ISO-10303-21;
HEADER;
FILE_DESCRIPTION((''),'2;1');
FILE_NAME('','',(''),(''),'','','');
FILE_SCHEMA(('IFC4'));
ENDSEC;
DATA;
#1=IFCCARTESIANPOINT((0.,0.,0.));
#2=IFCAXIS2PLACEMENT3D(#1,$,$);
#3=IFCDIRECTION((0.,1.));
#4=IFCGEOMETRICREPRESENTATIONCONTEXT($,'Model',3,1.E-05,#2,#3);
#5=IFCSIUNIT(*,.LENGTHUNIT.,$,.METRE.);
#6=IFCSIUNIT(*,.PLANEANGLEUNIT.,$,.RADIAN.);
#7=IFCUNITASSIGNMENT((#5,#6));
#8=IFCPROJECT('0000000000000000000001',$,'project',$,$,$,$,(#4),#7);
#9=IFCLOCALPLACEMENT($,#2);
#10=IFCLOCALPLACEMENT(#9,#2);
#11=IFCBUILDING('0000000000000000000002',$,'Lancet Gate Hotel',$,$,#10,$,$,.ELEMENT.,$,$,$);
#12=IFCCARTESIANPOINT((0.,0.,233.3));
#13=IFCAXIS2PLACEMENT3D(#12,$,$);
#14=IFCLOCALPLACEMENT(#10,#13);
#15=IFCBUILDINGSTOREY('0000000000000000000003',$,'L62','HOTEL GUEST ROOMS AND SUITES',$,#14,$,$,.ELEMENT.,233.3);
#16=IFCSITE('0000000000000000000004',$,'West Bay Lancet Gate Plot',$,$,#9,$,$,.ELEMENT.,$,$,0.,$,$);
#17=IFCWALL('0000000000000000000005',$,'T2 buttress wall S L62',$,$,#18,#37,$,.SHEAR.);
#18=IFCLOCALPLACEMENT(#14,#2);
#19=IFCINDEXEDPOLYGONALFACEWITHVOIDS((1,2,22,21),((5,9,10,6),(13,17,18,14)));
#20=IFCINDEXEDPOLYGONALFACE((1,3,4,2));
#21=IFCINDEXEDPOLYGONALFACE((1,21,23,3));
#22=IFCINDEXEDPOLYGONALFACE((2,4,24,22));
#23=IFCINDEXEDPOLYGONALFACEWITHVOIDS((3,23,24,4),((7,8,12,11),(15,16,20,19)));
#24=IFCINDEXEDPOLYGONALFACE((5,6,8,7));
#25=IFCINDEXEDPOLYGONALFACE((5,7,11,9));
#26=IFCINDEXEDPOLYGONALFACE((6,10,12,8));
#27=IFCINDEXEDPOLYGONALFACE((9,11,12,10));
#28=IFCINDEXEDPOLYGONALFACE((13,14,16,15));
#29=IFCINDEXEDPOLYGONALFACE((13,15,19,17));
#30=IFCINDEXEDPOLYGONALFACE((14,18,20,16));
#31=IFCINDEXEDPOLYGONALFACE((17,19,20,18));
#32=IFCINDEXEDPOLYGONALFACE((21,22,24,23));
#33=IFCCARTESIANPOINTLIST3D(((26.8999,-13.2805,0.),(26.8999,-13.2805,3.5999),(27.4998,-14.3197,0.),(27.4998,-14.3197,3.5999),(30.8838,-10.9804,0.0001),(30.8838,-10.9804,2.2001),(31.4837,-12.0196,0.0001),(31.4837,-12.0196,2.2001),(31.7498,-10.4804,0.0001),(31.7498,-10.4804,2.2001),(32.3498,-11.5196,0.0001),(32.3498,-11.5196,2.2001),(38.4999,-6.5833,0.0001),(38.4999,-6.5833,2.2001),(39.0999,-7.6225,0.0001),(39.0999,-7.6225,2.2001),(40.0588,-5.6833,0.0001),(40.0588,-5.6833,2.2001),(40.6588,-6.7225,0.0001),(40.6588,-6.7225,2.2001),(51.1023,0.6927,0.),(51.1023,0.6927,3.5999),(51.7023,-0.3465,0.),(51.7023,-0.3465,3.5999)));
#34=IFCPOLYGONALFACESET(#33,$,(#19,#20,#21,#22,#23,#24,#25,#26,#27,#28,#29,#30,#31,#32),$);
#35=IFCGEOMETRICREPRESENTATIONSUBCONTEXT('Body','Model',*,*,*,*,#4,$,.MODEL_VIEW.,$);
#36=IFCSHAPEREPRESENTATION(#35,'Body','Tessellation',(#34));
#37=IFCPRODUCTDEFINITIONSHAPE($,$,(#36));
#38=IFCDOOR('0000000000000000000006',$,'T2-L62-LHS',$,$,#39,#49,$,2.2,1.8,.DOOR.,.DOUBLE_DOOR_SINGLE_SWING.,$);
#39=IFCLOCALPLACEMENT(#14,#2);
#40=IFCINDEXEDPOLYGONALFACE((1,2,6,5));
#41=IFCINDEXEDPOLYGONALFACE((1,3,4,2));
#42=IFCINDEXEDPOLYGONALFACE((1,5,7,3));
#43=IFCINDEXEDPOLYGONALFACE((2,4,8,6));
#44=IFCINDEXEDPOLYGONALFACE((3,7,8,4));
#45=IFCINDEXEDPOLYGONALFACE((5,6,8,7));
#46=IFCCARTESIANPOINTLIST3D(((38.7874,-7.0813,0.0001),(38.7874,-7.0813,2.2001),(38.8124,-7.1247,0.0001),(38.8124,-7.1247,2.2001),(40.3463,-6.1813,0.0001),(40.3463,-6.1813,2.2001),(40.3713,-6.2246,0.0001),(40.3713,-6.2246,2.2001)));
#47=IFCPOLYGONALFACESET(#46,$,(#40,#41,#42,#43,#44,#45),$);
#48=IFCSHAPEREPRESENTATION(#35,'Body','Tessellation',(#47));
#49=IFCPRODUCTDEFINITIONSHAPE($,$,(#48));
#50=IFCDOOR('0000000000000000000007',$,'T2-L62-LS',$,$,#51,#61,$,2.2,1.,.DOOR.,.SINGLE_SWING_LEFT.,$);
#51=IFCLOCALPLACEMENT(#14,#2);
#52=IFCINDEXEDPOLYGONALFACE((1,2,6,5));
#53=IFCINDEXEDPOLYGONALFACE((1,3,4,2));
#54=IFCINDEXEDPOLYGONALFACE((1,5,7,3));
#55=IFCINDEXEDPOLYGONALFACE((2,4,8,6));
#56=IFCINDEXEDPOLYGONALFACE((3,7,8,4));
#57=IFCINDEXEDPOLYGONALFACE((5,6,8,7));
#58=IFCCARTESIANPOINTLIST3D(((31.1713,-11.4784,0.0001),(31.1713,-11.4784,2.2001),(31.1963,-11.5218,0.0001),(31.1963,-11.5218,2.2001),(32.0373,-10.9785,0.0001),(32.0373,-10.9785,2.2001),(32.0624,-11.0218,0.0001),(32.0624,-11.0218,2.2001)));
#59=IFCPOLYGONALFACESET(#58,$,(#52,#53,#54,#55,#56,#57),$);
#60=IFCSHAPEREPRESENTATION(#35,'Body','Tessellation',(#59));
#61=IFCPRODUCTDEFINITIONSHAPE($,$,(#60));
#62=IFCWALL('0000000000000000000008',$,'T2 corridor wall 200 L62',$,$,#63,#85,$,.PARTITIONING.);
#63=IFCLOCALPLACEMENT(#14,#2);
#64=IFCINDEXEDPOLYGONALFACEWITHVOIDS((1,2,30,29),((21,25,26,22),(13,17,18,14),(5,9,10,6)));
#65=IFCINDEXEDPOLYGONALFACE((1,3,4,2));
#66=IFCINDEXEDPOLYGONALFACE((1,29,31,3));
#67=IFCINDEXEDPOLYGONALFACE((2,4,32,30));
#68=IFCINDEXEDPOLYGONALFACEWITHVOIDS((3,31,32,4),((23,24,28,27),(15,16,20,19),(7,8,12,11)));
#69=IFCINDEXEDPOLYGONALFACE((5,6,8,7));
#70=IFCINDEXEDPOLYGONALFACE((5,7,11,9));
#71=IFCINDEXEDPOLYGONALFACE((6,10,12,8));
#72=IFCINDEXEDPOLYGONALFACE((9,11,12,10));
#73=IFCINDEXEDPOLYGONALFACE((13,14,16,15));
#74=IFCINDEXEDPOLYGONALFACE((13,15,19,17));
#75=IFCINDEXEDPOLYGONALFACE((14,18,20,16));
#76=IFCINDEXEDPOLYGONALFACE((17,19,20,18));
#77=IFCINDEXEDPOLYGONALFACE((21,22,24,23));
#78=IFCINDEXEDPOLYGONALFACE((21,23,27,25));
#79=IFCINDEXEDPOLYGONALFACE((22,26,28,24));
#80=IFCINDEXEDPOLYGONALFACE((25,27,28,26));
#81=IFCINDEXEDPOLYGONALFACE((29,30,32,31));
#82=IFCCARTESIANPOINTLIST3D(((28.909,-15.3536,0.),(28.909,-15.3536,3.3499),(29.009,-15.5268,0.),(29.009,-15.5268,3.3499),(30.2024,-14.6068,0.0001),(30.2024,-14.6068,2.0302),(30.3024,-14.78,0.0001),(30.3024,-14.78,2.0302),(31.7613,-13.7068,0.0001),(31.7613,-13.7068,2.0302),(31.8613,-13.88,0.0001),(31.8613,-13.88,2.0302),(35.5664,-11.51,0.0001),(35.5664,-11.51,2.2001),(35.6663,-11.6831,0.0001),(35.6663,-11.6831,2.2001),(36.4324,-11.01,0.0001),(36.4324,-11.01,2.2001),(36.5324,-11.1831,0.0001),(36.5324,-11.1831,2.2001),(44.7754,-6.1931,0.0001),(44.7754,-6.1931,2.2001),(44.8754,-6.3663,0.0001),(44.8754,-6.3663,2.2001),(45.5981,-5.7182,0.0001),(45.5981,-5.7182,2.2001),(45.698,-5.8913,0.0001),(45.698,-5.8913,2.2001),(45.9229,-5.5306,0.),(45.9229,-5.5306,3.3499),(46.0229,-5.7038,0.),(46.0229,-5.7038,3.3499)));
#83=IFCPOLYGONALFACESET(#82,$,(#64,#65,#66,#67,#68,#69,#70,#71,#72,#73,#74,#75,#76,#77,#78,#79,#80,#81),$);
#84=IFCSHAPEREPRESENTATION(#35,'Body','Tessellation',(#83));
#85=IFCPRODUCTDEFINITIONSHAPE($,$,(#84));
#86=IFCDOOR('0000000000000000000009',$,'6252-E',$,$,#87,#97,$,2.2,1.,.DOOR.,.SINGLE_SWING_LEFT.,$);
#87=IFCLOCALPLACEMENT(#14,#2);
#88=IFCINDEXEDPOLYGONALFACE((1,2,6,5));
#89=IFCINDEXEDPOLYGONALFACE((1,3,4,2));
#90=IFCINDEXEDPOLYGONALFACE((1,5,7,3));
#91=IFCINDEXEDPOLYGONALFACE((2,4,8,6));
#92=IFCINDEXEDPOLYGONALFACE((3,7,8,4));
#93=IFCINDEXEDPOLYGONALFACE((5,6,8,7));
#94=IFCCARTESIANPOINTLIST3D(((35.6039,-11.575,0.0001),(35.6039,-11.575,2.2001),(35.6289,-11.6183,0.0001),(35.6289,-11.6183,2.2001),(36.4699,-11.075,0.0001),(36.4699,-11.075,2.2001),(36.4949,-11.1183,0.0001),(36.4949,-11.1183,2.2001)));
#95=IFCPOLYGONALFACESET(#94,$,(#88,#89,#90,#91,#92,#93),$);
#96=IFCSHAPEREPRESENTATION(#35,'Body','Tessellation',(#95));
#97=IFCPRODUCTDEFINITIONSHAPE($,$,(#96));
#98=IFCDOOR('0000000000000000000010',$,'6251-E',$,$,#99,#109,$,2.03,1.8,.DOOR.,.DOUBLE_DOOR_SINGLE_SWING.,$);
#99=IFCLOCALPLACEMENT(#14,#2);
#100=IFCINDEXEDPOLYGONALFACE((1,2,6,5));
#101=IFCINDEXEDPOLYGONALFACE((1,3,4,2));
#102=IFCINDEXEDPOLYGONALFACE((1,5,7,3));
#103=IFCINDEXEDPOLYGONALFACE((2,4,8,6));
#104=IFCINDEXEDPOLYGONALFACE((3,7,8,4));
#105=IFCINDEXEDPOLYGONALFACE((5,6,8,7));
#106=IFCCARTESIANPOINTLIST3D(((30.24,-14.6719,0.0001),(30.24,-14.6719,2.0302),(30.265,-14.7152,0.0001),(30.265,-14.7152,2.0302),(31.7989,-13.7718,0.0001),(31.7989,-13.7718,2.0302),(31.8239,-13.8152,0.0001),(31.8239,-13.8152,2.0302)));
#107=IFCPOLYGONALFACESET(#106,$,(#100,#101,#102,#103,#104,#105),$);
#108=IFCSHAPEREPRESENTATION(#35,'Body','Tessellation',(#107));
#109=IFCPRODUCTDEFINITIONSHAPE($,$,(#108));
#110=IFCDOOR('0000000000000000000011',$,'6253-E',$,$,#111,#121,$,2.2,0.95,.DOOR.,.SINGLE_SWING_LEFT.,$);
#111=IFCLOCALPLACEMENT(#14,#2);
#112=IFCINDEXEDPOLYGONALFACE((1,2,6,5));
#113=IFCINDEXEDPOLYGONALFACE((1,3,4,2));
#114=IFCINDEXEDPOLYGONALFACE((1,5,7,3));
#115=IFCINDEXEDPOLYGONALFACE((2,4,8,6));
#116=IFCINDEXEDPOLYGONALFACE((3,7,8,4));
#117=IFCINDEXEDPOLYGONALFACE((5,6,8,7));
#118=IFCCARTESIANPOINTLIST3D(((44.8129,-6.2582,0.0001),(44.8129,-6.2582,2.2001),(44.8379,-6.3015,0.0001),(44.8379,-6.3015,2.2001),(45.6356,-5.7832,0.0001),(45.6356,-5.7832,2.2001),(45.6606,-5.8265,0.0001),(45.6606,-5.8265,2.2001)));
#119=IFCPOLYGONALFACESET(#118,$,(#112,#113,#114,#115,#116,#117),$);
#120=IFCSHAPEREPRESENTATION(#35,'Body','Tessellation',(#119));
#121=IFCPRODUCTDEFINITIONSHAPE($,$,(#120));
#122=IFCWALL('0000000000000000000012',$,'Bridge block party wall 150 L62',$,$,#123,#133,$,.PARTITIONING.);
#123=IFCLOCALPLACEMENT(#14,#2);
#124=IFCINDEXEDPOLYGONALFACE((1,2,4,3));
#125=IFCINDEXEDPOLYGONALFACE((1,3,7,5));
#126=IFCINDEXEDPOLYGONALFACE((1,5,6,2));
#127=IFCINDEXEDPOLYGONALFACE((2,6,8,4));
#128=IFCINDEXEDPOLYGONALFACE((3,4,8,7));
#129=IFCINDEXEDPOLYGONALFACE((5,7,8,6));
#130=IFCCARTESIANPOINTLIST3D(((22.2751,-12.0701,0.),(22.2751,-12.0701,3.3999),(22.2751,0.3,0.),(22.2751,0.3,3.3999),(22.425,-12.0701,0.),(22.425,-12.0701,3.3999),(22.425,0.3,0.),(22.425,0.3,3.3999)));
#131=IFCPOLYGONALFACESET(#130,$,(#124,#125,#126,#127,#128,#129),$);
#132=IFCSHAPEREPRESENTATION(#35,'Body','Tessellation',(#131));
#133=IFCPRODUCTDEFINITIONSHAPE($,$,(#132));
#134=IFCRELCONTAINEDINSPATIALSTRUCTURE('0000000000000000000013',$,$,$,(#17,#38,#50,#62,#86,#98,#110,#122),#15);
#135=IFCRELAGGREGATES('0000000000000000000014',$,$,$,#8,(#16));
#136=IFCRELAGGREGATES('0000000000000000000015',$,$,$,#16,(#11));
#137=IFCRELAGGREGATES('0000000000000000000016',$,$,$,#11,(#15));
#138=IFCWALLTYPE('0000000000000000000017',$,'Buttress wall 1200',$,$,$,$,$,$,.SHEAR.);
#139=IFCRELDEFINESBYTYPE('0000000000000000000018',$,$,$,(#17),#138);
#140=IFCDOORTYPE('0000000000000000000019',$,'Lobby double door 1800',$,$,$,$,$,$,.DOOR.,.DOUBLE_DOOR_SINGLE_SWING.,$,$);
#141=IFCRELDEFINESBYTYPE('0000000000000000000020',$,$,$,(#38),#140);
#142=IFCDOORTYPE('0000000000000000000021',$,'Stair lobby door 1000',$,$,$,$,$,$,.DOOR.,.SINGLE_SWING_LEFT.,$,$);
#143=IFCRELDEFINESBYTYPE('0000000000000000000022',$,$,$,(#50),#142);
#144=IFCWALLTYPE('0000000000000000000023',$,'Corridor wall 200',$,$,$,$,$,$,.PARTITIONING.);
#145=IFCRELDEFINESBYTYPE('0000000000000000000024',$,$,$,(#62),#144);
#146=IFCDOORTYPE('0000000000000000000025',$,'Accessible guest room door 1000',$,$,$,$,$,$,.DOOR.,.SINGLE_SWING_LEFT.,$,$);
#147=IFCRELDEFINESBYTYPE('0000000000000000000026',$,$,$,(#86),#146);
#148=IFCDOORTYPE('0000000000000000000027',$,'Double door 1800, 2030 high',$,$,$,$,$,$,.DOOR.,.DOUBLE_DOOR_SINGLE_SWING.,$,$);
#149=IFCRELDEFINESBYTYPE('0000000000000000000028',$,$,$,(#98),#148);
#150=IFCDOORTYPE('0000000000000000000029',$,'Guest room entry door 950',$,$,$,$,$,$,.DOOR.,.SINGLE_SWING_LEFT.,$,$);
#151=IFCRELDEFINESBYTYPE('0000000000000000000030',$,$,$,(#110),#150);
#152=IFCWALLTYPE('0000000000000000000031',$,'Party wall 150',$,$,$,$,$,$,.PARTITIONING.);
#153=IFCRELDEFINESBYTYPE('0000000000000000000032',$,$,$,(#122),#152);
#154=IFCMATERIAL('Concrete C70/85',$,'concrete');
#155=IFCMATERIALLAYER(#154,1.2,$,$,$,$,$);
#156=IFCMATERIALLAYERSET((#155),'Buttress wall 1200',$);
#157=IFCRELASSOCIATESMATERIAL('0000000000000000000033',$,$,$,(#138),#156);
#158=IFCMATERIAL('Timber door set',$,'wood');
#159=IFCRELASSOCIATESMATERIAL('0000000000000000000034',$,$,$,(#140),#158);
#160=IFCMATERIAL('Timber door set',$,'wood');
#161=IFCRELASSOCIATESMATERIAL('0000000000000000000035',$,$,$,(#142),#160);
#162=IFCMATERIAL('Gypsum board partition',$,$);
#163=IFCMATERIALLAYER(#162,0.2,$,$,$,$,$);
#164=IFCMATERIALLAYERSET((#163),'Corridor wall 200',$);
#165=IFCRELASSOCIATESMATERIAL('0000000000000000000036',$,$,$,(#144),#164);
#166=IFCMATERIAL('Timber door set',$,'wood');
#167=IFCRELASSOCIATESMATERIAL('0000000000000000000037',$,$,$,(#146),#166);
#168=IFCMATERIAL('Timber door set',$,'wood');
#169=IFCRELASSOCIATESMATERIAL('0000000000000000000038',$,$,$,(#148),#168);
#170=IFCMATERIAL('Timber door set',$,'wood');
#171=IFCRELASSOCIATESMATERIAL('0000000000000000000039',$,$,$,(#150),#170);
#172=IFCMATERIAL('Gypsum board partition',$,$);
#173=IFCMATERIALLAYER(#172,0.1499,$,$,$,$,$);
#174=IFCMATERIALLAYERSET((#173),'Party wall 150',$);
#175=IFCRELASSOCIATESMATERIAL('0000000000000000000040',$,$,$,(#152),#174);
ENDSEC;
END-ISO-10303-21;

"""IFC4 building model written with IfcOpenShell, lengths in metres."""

from ifc_helpers import new_model, si_unit, direction, frame, frame_2d, origin, place, context, subcontext, project, spatial, rectangle, extrude, material, layer, layer_set, type_object, element, fill, save


model = new_model("IFC4")

# Units and contexts
model_context = context("Model", 3, precision=1e-05, world=origin(), true_north=direction((0.0, 1.0)))
body_context = subcontext(model_context, "Body", "Model", "MODEL_VIEW")
ifc_project = project(units=[si_unit("LENGTHUNIT", "METRE"), si_unit("PLANEANGLEUNIT", "RADIAN")], contexts=[model_context])

# Site, building, storey
site_placement = place(None, origin())
site = spatial("IfcSite", under=ifc_project, at=site_placement, Name="West Bay Lancet Gate Plot", CompositionType="ELEMENT", RefElevation=0.0)
building_placement = place(site_placement, origin())
building = spatial("IfcBuilding", under=site, at=building_placement, Name="Lancet Gate Hotel", CompositionType="ELEMENT")
storey_placement = place(building_placement, frame((0.0, 0.0, 233.3)))
storey = spatial("IfcBuildingStorey", under=building, at=storey_placement, Name="L62", Description="HOTEL GUEST ROOMS AND SUITES", CompositionType="ELEMENT", Elevation=233.3)

# Walls, openings, doors
ifc_material_1 = material(Name="Concrete C70/85", Category="concrete")
ifc_layer_1 = layer(ifc_material_1, 1.2)
ifc_layer_set_1 = layer_set([ifc_layer_1], Name="Buttress wall 1200")
wall_type_1 = type_object("IfcWallType", Name="Buttress wall 1200", PredefinedType="SHEAR", material=ifc_layer_set_1)
wall_1_placement = place(storey_placement, frame((27.2, -13.8, 0.0), z_axis=(0.0, 0.0, 1.0), x_axis=(0.866027, 0.499997, 0.0)))
wall_1 = element("IfcWall", 1, at=wall_1_placement, inside=storey, type_object=wall_type_1, Name="T2 buttress wall S L62", PredefinedType="SHEAR", context=body_context, shape_type="SweptSolid", body=[
    extrude(rectangle(XDim=27.9465, YDim=1.2, at=frame_2d((13.9731, 0.0))), origin(), (0.0, 0.0, 1.0), 3.5999),
])
opening_1_placement = place(wall_1_placement, frame((4.6001, 0.0, 0.0)))
opening_1 = element("IfcOpeningElement", 2, at=opening_1_placement, cuts=wall_1, PredefinedType="OPENING", context=body_context, shape_type="SweptSolid", body=[
    extrude(rectangle(XDim=1.0, YDim=2.2, at=frame_2d((0.5, 1.1001))), frame((0.0, 0.6099, 0.0), z_axis=(0.0, -1.0, 0.0), x_axis=(1.0, 0.0, 0.0)), (0.0, 0.0, 1.0), 1.22),
])
opening_2_placement = place(wall_1_placement, frame((13.3945, 0.0, 0.0)))
opening_2 = element("IfcOpeningElement", 3, at=opening_2_placement, cuts=wall_1, PredefinedType="OPENING", context=body_context, shape_type="SweptSolid", body=[
    extrude(rectangle(XDim=1.8, YDim=2.2, at=frame_2d((0.8999, 1.1001))), frame((0.0, 0.6099, 0.0), z_axis=(0.0, -1.0, 0.0), x_axis=(1.0, 0.0, 0.0)), (0.0, 0.0, 1.0), 1.22),
])
ifc_material_2 = material(Name="Timber door set", Category="wood")
door_type_1 = type_object("IfcDoorType", Name="Lobby double door 1800", OperationType="DOUBLE_DOOR_SINGLE_SWING", PredefinedType="DOOR", material=ifc_material_2)
door_1_placement = place(opening_2_placement, origin())
door_1 = element("IfcDoor", 4, at=door_1_placement, inside=storey, type_object=door_type_1, Name="T2-L62-LHS", OperationType="DOUBLE_DOOR_SINGLE_SWING", OverallHeight=2.2, OverallWidth=1.8, PredefinedType="DOOR", context=body_context, shape_type="SweptSolid", body=[
    extrude(rectangle(XDim=1.8, YDim=2.2, at=frame_2d((0.8999, 1.1001))), frame((0.0, 0.0249, 0.0), z_axis=(0.0, -1.0, 0.0), x_axis=(1.0, 0.0, 0.0)), (0.0, 0.0, 1.0), 0.05),
])
fill(opening_2, door_1)
ifc_material_3 = material(Name="Timber door set", Category="wood")
door_type_2 = type_object("IfcDoorType", Name="Stair lobby door 1000", OperationType="SINGLE_SWING_LEFT", PredefinedType="DOOR", material=ifc_material_3)
door_2_placement = place(opening_1_placement, origin())
door_2 = element("IfcDoor", 5, at=door_2_placement, inside=storey, type_object=door_type_2, Name="T2-L62-LS", OperationType="SINGLE_SWING_LEFT", OverallHeight=2.2, OverallWidth=1.0, PredefinedType="DOOR", context=body_context, shape_type="SweptSolid", body=[
    extrude(rectangle(XDim=1.0, YDim=2.2, at=frame_2d((0.5, 1.1001))), frame((0.0, 0.0249, 0.0), z_axis=(0.0, -1.0, 0.0), x_axis=(1.0, 0.0, 0.0)), (0.0, 0.0, 1.0), 0.05),
])
fill(opening_1, door_2)
ifc_material_4 = material(Name="Gypsum board partition")
ifc_layer_2 = layer(ifc_material_4, 0.2)
ifc_layer_set_2 = layer_set([ifc_layer_2], Name="Corridor wall 200")
wall_type_2 = type_object("IfcWallType", Name="Corridor wall 200", PredefinedType="PARTITIONING", material=ifc_layer_set_2)
wall_2_placement = place(storey_placement, frame((28.959, -15.4402, 0.0), z_axis=(0.0, 0.0, 1.0), x_axis=(0.866025, 0.5, 0.0)))
wall_2 = element("IfcWall", 6, at=wall_2_placement, inside=storey, type_object=wall_type_2, Name="T2 corridor wall 200 L62", PredefinedType="PARTITIONING", context=body_context, shape_type="SweptSolid", body=[
    extrude(rectangle(XDim=19.646, YDim=0.2, at=frame_2d((9.823, 0.0))), origin(), (0.0, 0.0, 1.0), 3.3499),
])
opening_3_placement = place(wall_2_placement, frame((1.4937, 0.0, 0.0)))
opening_3 = element("IfcOpeningElement", 7, at=opening_3_placement, cuts=wall_2, PredefinedType="OPENING", context=body_context, shape_type="SweptSolid", body=[
    extrude(rectangle(XDim=1.8, YDim=2.03, at=frame_2d((0.8999, 1.0151))), frame((0.0, 0.1099, 0.0), z_axis=(0.0, -1.0, 0.0), x_axis=(1.0, 0.0, 0.0)), (0.0, 0.0, 1.0), 0.22),
])
opening_4_placement = place(wall_2_placement, frame((7.6873, 0.0, 0.0)))
opening_4 = element("IfcOpeningElement", 8, at=opening_4_placement, cuts=wall_2, PredefinedType="OPENING", context=body_context, shape_type="SweptSolid", body=[
    extrude(rectangle(XDim=1.0, YDim=2.2, at=frame_2d((0.5, 1.1001))), frame((0.0, 0.1099, 0.0), z_axis=(0.0, -1.0, 0.0), x_axis=(1.0, 0.0, 0.0)), (0.0, 0.0, 1.0), 0.22),
])
opening_5_placement = place(wall_2_placement, frame((18.3208, 0.0, 0.0)))
opening_5 = element("IfcOpeningElement", 9, at=opening_5_placement, cuts=wall_2, PredefinedType="OPENING", context=body_context, shape_type="SweptSolid", body=[
    extrude(rectangle(XDim=0.95, YDim=2.2, at=frame_2d((0.4751, 1.1001))), frame((0.0, 0.1099, 0.0), z_axis=(0.0, -1.0, 0.0), x_axis=(1.0, 0.0, 0.0)), (0.0, 0.0, 1.0), 0.22),
])
ifc_material_5 = material(Name="Timber door set", Category="wood")
door_type_3 = type_object("IfcDoorType", Name="Accessible guest room door 1000", OperationType="SINGLE_SWING_LEFT", PredefinedType="DOOR", material=ifc_material_5)
door_3_placement = place(opening_4_placement, origin())
door_3 = element("IfcDoor", 10, at=door_3_placement, inside=storey, type_object=door_type_3, Name="6252-E", OperationType="SINGLE_SWING_LEFT", OverallHeight=2.2, OverallWidth=1.0, PredefinedType="DOOR", context=body_context, shape_type="SweptSolid", body=[
    extrude(rectangle(XDim=1.0, YDim=2.2, at=frame_2d((0.5, 1.1001))), frame((0.0, 0.0249, 0.0), z_axis=(0.0, -1.0, 0.0), x_axis=(1.0, 0.0, 0.0)), (0.0, 0.0, 1.0), 0.05),
])
fill(opening_4, door_3)
ifc_material_6 = material(Name="Timber door set", Category="wood")
door_type_4 = type_object("IfcDoorType", Name="Double door 1800, 2030 high", OperationType="DOUBLE_DOOR_SINGLE_SWING", PredefinedType="DOOR", material=ifc_material_6)
door_4_placement = place(opening_3_placement, origin())
door_4 = element("IfcDoor", 11, at=door_4_placement, inside=storey, type_object=door_type_4, Name="6251-E", OperationType="DOUBLE_DOOR_SINGLE_SWING", OverallHeight=2.03, OverallWidth=1.8, PredefinedType="DOOR", context=body_context, shape_type="SweptSolid", body=[
    extrude(rectangle(XDim=1.8, YDim=2.03, at=frame_2d((0.8999, 1.0151))), frame((0.0, 0.0249, 0.0), z_axis=(0.0, -1.0, 0.0), x_axis=(1.0, 0.0, 0.0)), (0.0, 0.0, 1.0), 0.05),
])
fill(opening_3, door_4)
ifc_material_7 = material(Name="Timber door set", Category="wood")
door_type_5 = type_object("IfcDoorType", Name="Guest room entry door 950", OperationType="SINGLE_SWING_LEFT", PredefinedType="DOOR", material=ifc_material_7)
door_5_placement = place(opening_5_placement, origin())
door_5 = element("IfcDoor", 12, at=door_5_placement, inside=storey, type_object=door_type_5, Name="6253-E", OperationType="SINGLE_SWING_LEFT", OverallHeight=2.2, OverallWidth=0.95, PredefinedType="DOOR", context=body_context, shape_type="SweptSolid", body=[
    extrude(rectangle(XDim=0.95, YDim=2.2, at=frame_2d((0.4751, 1.1001))), frame((0.0, 0.0249, 0.0), z_axis=(0.0, -1.0, 0.0), x_axis=(1.0, 0.0, 0.0)), (0.0, 0.0, 1.0), 0.05),
])
fill(opening_5, door_5)

# Wall
ifc_material_8 = material(Name="Gypsum board partition")
ifc_layer_3 = layer(ifc_material_8, 0.1499)
ifc_layer_set_3 = layer_set([ifc_layer_3], Name="Party wall 150")
wall_type_3 = type_object("IfcWallType", Name="Party wall 150", PredefinedType="PARTITIONING", material=ifc_layer_set_3)
wall_3_placement = place(storey_placement, frame((22.3501, -12.0701, 0.0), z_axis=(0.0, 0.0, 1.0), x_axis=(0.0, 1.0, 0.0)))
element("IfcWall", 13, at=wall_3_placement, inside=storey, type_object=wall_type_3, Name="Bridge block party wall 150 L62", PredefinedType="PARTITIONING", context=body_context, shape_type="SweptSolid", body=[
    extrude(rectangle(XDim=12.3701, YDim=0.1499, at=frame_2d((6.1851, 0.0))), origin(), (0.0, 0.0, 1.0), 3.3999),
])

save(model, "model.ifc")
